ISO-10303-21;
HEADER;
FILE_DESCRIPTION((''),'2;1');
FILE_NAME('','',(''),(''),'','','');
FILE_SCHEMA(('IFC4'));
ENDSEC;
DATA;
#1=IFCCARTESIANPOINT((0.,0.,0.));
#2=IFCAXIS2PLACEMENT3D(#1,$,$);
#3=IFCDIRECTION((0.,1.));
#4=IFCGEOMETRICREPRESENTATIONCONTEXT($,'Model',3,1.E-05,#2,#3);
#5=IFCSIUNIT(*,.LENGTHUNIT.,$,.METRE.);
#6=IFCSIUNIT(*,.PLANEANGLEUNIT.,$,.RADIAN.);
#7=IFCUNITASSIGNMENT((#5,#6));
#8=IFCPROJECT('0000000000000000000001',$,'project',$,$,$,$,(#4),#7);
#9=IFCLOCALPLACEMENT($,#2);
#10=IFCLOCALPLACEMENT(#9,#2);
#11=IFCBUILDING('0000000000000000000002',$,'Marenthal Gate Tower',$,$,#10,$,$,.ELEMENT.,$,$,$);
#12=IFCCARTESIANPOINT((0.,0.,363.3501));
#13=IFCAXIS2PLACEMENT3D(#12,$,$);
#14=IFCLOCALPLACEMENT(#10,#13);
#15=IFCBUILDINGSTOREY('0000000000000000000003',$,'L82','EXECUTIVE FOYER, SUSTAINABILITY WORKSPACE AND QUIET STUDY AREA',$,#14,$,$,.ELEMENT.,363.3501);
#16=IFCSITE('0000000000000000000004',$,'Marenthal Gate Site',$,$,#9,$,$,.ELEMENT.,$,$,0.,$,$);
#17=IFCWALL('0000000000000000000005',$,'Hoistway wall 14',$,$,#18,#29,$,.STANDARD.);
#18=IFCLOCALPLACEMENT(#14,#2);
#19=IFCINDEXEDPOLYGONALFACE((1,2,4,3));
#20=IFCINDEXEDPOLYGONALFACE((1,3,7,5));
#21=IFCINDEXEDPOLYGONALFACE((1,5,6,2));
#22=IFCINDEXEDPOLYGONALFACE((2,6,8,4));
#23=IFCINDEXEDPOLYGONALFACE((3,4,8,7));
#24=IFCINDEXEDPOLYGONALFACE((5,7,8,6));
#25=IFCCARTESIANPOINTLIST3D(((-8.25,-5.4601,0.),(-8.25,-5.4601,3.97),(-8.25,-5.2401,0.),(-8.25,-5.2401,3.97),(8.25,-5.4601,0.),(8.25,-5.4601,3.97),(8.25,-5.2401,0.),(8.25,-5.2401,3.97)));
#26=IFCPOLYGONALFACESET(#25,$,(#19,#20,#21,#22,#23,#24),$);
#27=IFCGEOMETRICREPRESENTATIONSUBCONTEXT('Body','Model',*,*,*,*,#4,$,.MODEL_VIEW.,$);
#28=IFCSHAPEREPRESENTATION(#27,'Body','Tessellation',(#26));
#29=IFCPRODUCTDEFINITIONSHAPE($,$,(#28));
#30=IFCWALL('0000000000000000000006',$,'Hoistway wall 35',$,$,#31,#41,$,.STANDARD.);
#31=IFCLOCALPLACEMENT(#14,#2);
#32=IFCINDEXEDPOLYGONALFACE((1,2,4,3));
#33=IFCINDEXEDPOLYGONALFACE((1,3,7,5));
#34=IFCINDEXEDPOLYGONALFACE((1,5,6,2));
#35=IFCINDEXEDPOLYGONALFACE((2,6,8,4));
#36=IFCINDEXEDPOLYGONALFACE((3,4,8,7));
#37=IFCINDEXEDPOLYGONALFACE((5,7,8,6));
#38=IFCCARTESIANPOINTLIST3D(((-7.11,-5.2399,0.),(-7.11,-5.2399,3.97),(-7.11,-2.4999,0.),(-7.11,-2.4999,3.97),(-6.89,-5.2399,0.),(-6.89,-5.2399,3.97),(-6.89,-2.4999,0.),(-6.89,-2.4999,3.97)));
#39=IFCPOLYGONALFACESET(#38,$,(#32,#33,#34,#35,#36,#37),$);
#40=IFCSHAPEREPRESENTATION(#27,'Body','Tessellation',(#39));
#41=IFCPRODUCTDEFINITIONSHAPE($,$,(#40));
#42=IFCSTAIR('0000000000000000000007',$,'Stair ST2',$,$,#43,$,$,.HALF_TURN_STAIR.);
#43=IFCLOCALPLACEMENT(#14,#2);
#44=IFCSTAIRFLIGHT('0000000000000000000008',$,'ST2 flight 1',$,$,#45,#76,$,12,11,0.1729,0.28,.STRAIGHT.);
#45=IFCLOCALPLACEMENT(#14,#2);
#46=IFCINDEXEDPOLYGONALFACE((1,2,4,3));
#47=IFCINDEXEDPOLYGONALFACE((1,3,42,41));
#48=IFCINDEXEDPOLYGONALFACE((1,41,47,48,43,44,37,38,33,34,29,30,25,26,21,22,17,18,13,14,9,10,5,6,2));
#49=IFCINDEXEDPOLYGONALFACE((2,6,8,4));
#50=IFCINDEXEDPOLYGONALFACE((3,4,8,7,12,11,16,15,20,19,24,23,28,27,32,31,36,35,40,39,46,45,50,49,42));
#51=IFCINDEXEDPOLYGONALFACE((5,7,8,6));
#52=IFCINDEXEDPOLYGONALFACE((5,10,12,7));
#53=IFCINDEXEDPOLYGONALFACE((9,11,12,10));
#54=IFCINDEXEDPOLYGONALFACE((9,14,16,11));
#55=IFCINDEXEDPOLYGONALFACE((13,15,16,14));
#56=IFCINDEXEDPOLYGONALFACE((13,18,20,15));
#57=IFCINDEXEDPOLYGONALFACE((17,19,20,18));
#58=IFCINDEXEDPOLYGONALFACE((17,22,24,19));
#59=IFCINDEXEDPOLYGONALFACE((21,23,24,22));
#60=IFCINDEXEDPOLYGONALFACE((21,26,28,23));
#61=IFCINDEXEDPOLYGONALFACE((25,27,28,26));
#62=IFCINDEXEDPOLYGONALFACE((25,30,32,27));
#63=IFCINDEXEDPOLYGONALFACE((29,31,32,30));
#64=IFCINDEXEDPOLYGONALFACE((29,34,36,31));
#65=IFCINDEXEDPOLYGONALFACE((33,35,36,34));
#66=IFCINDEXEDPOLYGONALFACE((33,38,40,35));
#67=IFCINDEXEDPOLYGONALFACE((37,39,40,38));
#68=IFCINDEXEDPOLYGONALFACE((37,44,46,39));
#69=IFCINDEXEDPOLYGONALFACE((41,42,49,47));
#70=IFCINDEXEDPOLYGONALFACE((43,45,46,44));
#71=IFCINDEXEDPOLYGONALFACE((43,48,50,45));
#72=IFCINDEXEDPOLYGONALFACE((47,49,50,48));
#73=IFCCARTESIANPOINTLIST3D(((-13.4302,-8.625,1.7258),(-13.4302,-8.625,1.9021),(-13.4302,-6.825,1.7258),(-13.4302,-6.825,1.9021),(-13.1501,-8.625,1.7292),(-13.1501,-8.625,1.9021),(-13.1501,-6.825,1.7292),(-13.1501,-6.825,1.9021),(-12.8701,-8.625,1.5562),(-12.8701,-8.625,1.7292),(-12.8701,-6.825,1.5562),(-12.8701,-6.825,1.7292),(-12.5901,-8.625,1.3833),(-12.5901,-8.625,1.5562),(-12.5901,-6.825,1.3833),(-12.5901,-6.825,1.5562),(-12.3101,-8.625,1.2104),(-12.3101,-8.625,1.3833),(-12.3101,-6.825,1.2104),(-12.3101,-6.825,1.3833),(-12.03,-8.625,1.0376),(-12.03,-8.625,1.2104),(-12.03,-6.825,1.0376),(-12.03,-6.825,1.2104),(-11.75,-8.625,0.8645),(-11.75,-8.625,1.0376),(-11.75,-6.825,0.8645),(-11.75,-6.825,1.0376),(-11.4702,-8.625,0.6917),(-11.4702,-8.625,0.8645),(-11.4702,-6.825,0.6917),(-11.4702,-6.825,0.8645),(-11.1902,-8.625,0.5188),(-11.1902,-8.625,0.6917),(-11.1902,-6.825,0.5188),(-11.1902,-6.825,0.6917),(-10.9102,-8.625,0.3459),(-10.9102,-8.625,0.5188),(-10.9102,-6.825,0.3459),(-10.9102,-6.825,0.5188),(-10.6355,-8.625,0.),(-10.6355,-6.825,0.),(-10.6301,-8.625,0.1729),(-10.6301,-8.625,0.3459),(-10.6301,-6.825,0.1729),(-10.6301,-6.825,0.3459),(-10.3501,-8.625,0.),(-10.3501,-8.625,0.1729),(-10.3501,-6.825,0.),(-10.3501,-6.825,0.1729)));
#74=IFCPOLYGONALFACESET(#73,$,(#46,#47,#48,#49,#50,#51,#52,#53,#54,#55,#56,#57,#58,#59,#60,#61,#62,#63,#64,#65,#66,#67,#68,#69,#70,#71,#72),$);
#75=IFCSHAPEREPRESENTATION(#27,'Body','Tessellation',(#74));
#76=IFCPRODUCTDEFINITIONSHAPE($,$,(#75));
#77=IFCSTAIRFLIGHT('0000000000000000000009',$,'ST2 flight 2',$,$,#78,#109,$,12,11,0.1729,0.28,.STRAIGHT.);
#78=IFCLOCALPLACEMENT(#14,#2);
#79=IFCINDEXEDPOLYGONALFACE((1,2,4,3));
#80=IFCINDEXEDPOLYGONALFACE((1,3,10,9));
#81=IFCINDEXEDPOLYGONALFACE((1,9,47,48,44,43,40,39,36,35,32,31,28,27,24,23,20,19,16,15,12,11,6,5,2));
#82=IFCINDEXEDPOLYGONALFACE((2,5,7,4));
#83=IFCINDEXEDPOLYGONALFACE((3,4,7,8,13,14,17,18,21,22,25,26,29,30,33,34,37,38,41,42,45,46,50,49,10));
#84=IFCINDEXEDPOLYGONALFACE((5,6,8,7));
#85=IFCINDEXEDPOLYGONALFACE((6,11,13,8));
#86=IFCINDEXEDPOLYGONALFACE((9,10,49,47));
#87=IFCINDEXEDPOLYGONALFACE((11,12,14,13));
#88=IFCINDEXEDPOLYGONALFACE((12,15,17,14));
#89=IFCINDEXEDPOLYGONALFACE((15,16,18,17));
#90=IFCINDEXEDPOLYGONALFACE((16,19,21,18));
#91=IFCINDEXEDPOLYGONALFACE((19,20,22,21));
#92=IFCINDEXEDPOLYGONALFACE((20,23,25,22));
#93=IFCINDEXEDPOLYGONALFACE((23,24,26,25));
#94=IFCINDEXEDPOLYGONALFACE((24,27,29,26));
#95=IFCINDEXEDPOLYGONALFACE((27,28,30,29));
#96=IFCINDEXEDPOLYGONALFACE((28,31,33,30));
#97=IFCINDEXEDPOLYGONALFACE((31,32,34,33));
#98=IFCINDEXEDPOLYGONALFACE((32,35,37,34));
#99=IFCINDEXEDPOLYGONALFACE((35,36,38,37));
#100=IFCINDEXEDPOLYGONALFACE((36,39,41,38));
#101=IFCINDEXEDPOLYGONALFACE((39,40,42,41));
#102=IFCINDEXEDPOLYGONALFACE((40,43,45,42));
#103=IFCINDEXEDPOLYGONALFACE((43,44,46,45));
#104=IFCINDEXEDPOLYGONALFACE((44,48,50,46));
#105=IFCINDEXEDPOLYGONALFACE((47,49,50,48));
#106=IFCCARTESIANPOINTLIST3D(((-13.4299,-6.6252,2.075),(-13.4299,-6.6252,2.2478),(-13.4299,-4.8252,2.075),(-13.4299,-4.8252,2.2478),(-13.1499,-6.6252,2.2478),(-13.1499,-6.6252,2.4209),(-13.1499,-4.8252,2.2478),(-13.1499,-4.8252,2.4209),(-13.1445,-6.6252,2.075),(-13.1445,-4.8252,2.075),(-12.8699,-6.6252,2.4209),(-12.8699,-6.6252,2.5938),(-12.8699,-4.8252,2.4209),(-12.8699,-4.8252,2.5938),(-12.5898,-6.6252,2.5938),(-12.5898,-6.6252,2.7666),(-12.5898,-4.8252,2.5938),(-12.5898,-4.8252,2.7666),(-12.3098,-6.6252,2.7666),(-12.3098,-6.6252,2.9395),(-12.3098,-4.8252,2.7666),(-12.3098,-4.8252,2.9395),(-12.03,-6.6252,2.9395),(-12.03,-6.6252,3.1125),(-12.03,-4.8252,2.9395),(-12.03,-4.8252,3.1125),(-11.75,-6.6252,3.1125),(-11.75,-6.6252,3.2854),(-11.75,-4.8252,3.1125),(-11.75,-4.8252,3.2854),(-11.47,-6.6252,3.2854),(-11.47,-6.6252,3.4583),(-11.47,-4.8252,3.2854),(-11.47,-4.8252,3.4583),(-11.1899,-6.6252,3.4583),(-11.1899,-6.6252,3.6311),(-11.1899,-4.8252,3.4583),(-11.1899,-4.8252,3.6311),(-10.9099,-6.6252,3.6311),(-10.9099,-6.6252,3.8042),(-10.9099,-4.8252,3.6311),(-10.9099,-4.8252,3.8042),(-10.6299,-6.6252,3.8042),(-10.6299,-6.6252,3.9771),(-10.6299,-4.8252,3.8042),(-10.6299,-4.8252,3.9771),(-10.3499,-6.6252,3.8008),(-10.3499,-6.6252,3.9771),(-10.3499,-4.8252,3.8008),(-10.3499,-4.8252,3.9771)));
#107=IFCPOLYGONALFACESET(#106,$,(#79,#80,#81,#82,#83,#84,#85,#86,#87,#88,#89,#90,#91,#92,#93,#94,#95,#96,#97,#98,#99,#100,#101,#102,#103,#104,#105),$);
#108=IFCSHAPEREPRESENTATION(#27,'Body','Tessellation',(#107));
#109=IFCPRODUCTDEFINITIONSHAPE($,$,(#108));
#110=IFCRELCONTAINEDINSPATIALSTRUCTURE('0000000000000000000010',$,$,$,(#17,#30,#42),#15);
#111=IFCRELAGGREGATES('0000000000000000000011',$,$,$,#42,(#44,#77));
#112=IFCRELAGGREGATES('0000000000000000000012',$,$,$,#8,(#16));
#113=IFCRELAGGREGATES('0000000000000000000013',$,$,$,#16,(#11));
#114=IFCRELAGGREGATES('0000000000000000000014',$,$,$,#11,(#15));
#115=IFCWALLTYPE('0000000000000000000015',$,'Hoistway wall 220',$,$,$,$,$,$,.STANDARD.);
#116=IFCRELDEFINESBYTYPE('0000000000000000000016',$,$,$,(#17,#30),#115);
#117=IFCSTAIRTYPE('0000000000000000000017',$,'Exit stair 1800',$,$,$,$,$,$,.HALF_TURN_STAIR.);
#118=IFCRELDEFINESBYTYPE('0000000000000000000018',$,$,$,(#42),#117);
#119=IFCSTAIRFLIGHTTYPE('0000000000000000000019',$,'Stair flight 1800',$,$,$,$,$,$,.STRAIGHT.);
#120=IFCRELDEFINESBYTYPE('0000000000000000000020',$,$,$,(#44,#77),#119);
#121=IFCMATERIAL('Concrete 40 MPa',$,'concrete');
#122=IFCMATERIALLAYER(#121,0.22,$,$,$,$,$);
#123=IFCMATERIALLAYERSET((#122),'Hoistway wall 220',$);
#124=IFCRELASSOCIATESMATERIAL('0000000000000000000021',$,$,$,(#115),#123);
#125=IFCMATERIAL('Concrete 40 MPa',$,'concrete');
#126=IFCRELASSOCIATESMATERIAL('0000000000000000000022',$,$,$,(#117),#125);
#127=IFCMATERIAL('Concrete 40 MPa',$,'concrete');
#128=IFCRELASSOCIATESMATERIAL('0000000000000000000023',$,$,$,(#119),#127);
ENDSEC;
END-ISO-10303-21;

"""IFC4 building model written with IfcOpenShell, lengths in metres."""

from ifc_helpers import new_model, si_unit, direction, frame, frame_2d, origin, place, context, subcontext, project, spatial, polyline, rectangle, outline, extrude, material, layer, layer_set, type_object, element, aggregate, save


model = new_model("IFC4")

# Units and contexts
model_context = context("Model", 3, precision=1e-05, world=origin(), true_north=direction((0.0, 1.0)))
body_context = subcontext(model_context, "Body", "Model", "MODEL_VIEW")
ifc_project = project(units=[si_unit("LENGTHUNIT", "METRE"), si_unit("PLANEANGLEUNIT", "RADIAN")], contexts=[model_context])

# Site, building, storey
site_placement = place(None, origin())
site = spatial("IfcSite", under=ifc_project, at=site_placement, Name="Marenthal Gate Site", CompositionType="ELEMENT", RefElevation=0.0)
building_placement = place(site_placement, origin())
building = spatial("IfcBuilding", under=site, at=building_placement, Name="Marenthal Gate Tower", CompositionType="ELEMENT")
storey_placement = place(building_placement, frame((0.0, 0.0, 363.3501)))
storey = spatial("IfcBuildingStorey", under=building, at=storey_placement, Name="L82", Description="EXECUTIVE FOYER, SUSTAINABILITY WORKSPACE AND QUIET STUDY AREA", CompositionType="ELEMENT", Elevation=363.3501)

# Shared definitions
ifc_material_1 = material(Name="Concrete 40 MPa", Category="concrete")
ifc_layer_1 = layer(ifc_material_1, 0.22)
ifc_layer_set_1 = layer_set([ifc_layer_1], Name="Hoistway wall 220")
wall_type_1 = type_object("IfcWallType", Name="Hoistway wall 220", PredefinedType="STANDARD", material=ifc_layer_set_1)

# Walls
wall_1_placement = place(storey_placement, frame((-8.25, -5.3501, 0.0), z_axis=(0.0, 0.0, 1.0), x_axis=(1.0, 0.0, 0.0)))
element("IfcWall", 1, at=wall_1_placement, inside=storey, type_object=wall_type_1, Name="Hoistway wall 14", PredefinedType="STANDARD", context=body_context, shape_type="SweptSolid", body=[
    extrude(rectangle(XDim=16.5, YDim=0.22, at=frame_2d((8.25, 0.0))), origin(), (0.0, 0.0, 1.0), 3.97),
])
wall_2_placement = place(storey_placement, frame((-7.0, -5.24, 0.0), z_axis=(0.0, 0.0, 1.0), x_axis=(0.0, 1.0, 0.0)))
element("IfcWall", 2, at=wall_2_placement, inside=storey, type_object=wall_type_1, Name="Hoistway wall 35", PredefinedType="STANDARD", context=body_context, shape_type="SweptSolid", body=[
    extrude(rectangle(XDim=2.74, YDim=0.22, at=frame_2d((1.3701, 0.0))), origin(), (0.0, 0.0, 1.0), 3.97),
])

# Stair, stair flights
ifc_material_2 = material(Name="Concrete 40 MPa", Category="concrete")
stair_type = type_object("IfcStairType", Name="Exit stair 1800", PredefinedType="HALF_TURN_STAIR", material=ifc_material_2)
stair_placement = place(storey_placement, origin())
stair = element("IfcStair", 3, at=stair_placement, inside=storey, type_object=stair_type, Name="Stair ST2", PredefinedType="HALF_TURN_STAIR")
ifc_material_3 = material(Name="Concrete 40 MPa", Category="concrete")
stair_flight_type = type_object("IfcStairFlightType", Name="Stair flight 1800", PredefinedType="STRAIGHT", material=ifc_material_3)
stair_flight_1_placement = place(storey_placement, frame((-10.3501, -7.7251, 0.0), z_axis=(0.0, 0.0, 1.0), x_axis=(-1.0, 0.0, 0.0)))
stair_flight_1 = element("IfcStairFlight", 4, at=stair_flight_1_placement, type_object=stair_flight_type, Name="ST2 flight 1", NumberOfRisers=12, NumberOfTreads=11, PredefinedType="STRAIGHT", RiserHeight=0.1729, TreadLength=0.28, context=body_context, shape_type="SweptSolid", body=[
    extrude(outline(polyline([(0.0, 0.0), (0.0, 0.1729), (0.28, 0.1729), (0.28, 0.3459), (0.5601, 0.3459), (0.5601, 0.5188), (0.8401, 0.5188), (0.8401, 0.6917), (1.1201, 0.6917), (1.1201, 0.8645), (1.3999, 0.8645), (1.3999, 1.0376), (1.6799, 1.0376), (1.6799, 1.2104), (1.96, 1.2104), (1.96, 1.3833), (2.24, 1.3833), (2.24, 1.5562), (2.52, 1.5562), (2.52, 1.7292), (2.8, 1.7292), (2.8, 1.9021), (3.0801, 1.9021), (3.0801, 2.075), (3.0801, 1.7258), (0.2854, 0.0), (0.0, 0.0)])), frame((0.0, 0.8999, 0.0), z_axis=(0.0, -1.0, 0.0), x_axis=(1.0, 0.0, 0.0)), (0.0, 0.0, 1.0), 1.8),
])
stair_flight_2_placement = place(storey_placement, frame((-13.4299, -5.7251, 2.075), z_axis=(0.0, 0.0, 1.0), x_axis=(1.0, 0.0, 0.0)))
stair_flight_2 = element("IfcStairFlight", 5, at=stair_flight_2_placement, type_object=stair_flight_type, Name="ST2 flight 2", NumberOfRisers=12, NumberOfTreads=11, PredefinedType="STRAIGHT", RiserHeight=0.1729, TreadLength=0.28, context=body_context, shape_type="SweptSolid", body=[
    extrude(outline(polyline([(0.0, 0.0), (0.0, 0.1729), (0.28, 0.1729), (0.28, 0.3459), (0.5601, 0.3459), (0.5601, 0.5188), (0.8401, 0.5188), (0.8401, 0.6917), (1.1201, 0.6917), (1.1201, 0.8645), (1.3999, 0.8645), (1.3999, 1.0376), (1.6799, 1.0376), (1.6799, 1.2104), (1.96, 1.2104), (1.96, 1.3833), (2.24, 1.3833), (2.24, 1.5562), (2.52, 1.5562), (2.52, 1.7292), (2.8, 1.7292), (2.8, 1.9021), (3.0801, 1.9021), (3.0801, 2.075), (3.0801, 1.7258), (0.2854, 0.0), (0.0, 0.0)])), frame((0.0, 0.8999, 0.0), z_axis=(0.0, -1.0, 0.0), x_axis=(1.0, 0.0, 0.0)), (0.0, 0.0, 1.0), 1.8),
])
aggregate(stair, [stair_flight_1, stair_flight_2])

save(model, "model.ifc")
